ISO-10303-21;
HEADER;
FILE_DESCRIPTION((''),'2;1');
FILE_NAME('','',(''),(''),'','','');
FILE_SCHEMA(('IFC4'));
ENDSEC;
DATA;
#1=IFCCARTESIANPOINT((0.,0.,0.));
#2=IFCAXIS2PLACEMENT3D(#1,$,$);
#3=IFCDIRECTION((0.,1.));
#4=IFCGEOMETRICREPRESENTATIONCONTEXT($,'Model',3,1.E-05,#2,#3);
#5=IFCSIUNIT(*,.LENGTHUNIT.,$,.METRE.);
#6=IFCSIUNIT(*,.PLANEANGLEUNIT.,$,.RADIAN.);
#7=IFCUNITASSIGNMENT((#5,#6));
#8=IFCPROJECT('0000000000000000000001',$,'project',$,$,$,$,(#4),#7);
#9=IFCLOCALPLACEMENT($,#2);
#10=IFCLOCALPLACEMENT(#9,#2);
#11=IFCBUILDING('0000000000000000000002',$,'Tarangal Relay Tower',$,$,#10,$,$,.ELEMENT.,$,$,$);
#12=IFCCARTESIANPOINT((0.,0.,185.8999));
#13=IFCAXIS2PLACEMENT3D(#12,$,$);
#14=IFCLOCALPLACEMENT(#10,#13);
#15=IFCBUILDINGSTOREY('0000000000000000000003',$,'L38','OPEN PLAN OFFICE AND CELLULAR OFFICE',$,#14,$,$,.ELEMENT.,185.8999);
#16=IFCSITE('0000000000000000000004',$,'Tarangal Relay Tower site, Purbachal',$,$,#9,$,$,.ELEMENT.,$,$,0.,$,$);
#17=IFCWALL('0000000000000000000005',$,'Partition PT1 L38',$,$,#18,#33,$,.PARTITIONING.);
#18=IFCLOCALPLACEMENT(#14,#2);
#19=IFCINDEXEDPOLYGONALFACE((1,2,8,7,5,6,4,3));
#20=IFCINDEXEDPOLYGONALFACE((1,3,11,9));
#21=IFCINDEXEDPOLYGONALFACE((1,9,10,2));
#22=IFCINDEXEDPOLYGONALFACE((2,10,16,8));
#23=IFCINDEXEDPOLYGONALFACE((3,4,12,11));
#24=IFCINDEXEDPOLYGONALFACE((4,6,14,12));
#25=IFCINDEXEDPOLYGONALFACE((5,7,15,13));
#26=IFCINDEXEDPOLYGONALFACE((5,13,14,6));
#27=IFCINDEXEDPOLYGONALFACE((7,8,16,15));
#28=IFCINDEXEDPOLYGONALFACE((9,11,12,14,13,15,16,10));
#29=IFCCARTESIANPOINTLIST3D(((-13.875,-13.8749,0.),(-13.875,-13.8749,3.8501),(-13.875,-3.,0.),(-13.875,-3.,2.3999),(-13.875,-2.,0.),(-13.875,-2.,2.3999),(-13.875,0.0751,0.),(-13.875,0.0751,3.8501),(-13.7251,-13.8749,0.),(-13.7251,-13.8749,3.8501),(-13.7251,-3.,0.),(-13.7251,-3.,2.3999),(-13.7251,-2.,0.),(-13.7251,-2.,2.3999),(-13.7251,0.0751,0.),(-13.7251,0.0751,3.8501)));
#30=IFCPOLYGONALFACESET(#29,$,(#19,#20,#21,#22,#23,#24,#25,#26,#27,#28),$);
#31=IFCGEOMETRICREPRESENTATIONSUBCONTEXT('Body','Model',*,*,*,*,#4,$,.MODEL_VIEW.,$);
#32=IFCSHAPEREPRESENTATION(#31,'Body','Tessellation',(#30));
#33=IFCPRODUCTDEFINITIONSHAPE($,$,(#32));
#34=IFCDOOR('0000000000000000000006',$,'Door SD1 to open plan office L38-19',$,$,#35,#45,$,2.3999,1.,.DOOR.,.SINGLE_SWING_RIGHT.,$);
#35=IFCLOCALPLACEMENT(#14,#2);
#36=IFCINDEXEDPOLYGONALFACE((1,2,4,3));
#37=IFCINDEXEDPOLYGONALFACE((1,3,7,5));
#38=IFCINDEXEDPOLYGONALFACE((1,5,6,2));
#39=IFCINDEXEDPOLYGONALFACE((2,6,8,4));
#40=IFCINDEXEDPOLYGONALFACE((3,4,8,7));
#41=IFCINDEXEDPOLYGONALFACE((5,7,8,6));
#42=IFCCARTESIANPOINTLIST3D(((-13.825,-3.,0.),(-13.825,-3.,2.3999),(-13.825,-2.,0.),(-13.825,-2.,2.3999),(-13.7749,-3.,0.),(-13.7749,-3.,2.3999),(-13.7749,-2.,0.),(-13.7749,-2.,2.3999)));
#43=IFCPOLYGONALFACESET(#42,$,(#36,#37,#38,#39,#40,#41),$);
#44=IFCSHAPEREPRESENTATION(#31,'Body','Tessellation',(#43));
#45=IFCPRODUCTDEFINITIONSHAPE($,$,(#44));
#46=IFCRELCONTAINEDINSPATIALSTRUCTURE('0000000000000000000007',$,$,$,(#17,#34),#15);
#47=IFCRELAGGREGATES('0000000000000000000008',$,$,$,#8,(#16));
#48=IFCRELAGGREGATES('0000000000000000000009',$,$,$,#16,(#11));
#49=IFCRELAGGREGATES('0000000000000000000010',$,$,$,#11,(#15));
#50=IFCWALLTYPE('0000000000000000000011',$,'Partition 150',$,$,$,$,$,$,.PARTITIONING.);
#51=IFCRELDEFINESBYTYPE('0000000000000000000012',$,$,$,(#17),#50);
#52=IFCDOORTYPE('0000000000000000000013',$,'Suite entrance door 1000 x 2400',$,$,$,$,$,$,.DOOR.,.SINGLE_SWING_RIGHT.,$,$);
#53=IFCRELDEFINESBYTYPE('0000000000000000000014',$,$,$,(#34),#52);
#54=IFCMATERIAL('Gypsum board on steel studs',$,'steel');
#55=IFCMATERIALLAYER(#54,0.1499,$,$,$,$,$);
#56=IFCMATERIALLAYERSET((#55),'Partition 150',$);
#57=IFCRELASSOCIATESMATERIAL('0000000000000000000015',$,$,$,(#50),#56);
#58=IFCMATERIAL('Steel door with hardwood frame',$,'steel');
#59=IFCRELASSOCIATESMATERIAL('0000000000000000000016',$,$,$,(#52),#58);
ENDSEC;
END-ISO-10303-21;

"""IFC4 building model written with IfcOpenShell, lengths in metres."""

from ifc_helpers import new_model, si_unit, direction, frame, frame_2d, origin, place, context, subcontext, project, spatial, rectangle, extrude, material, layer, layer_set, type_object, element, fill, save


model = new_model("IFC4")

# Units and contexts
model_context = context("Model", 3, precision=1e-05, world=origin(), true_north=direction((0.0, 1.0)))
body_context = subcontext(model_context, "Body", "Model", "MODEL_VIEW")
ifc_project = project(units=[si_unit("LENGTHUNIT", "METRE"), si_unit("PLANEANGLEUNIT", "RADIAN")], contexts=[model_context])

# Site, building, storey
site_placement = place(None, origin())
site = spatial("IfcSite", under=ifc_project, at=site_placement, Name="Tarangal Relay Tower site, Purbachal", CompositionType="ELEMENT", RefElevation=0.0)
building_placement = place(site_placement, origin())
building = spatial("IfcBuilding", under=site, at=building_placement, Name="Tarangal Relay Tower", CompositionType="ELEMENT")
storey_placement = place(building_placement, frame((0.0, 0.0, 185.8999)))
storey = spatial("IfcBuildingStorey", under=building, at=storey_placement, Name="L38", Description="OPEN PLAN OFFICE AND CELLULAR OFFICE", CompositionType="ELEMENT", Elevation=185.8999)

# Shared definitions
ifc_material_1 = material(Name="Gypsum board on steel studs", Category="steel")
ifc_layer_1 = layer(ifc_material_1, 0.1499)
ifc_layer_set_1 = layer_set([ifc_layer_1], Name="Partition 150")
wall_type_1 = type_object("IfcWallType", Name="Partition 150", PredefinedType="PARTITIONING", material=ifc_layer_set_1)
ifc_material_2 = material(Name="Steel door with hardwood frame", Category="steel")
door_type_1 = type_object("IfcDoorType", Name="Suite entrance door 1000 x 2400", OperationType="SINGLE_SWING_RIGHT", PredefinedType="DOOR", material=ifc_material_2)

# Wall, opening, door
wall_1_placement = place(storey_placement, frame((-13.8, -13.875, 0.0), z_axis=(0.0, 0.0, 1.0), x_axis=(0.0, 1.0, 0.0)))
wall_1 = element("IfcWall", 1, at=wall_1_placement, inside=storey, type_object=wall_type_1, Name="Partition PT1 L38", PredefinedType="PARTITIONING", context=body_context, shape_type="SweptSolid", body=[
    extrude(rectangle(XDim=13.95, YDim=0.1499, at=frame_2d((6.9751, 0.0))), origin(), (0.0, 0.0, 1.0), 3.8501),
])
opening_1_placement = place(wall_1_placement, frame((10.875, 0.0, 0.0)))
opening_1 = element("IfcOpeningElement", 2, at=opening_1_placement, cuts=wall_1, PredefinedType="OPENING", context=body_context, shape_type="SweptSolid", body=[
    extrude(rectangle(XDim=1.0, YDim=2.3999, at=frame_2d((0.5, 1.2))), frame((0.0, 0.085, 0.0), z_axis=(0.0, -1.0, 0.0), x_axis=(1.0, 0.0, 0.0)), (0.0, 0.0, 1.0), 0.1699),
])
door_1_placement = place(opening_1_placement, origin())
door_1 = element("IfcDoor", 3, at=door_1_placement, inside=storey, type_object=door_type_1, Name="Door SD1 to open plan office L38-19", OperationType="SINGLE_SWING_RIGHT", OverallHeight=2.3999, OverallWidth=1.0, PredefinedType="DOOR", context=body_context, shape_type="SweptSolid", body=[
    extrude(rectangle(XDim=1.0, YDim=2.3999, at=frame_2d((0.5, 1.2))), frame((0.0, 0.0249, 0.0), z_axis=(0.0, -1.0, 0.0), x_axis=(1.0, 0.0, 0.0)), (0.0, 0.0, 1.0), 0.05),
])
fill(opening_1, door_1)

save(model, "model.ifc")
